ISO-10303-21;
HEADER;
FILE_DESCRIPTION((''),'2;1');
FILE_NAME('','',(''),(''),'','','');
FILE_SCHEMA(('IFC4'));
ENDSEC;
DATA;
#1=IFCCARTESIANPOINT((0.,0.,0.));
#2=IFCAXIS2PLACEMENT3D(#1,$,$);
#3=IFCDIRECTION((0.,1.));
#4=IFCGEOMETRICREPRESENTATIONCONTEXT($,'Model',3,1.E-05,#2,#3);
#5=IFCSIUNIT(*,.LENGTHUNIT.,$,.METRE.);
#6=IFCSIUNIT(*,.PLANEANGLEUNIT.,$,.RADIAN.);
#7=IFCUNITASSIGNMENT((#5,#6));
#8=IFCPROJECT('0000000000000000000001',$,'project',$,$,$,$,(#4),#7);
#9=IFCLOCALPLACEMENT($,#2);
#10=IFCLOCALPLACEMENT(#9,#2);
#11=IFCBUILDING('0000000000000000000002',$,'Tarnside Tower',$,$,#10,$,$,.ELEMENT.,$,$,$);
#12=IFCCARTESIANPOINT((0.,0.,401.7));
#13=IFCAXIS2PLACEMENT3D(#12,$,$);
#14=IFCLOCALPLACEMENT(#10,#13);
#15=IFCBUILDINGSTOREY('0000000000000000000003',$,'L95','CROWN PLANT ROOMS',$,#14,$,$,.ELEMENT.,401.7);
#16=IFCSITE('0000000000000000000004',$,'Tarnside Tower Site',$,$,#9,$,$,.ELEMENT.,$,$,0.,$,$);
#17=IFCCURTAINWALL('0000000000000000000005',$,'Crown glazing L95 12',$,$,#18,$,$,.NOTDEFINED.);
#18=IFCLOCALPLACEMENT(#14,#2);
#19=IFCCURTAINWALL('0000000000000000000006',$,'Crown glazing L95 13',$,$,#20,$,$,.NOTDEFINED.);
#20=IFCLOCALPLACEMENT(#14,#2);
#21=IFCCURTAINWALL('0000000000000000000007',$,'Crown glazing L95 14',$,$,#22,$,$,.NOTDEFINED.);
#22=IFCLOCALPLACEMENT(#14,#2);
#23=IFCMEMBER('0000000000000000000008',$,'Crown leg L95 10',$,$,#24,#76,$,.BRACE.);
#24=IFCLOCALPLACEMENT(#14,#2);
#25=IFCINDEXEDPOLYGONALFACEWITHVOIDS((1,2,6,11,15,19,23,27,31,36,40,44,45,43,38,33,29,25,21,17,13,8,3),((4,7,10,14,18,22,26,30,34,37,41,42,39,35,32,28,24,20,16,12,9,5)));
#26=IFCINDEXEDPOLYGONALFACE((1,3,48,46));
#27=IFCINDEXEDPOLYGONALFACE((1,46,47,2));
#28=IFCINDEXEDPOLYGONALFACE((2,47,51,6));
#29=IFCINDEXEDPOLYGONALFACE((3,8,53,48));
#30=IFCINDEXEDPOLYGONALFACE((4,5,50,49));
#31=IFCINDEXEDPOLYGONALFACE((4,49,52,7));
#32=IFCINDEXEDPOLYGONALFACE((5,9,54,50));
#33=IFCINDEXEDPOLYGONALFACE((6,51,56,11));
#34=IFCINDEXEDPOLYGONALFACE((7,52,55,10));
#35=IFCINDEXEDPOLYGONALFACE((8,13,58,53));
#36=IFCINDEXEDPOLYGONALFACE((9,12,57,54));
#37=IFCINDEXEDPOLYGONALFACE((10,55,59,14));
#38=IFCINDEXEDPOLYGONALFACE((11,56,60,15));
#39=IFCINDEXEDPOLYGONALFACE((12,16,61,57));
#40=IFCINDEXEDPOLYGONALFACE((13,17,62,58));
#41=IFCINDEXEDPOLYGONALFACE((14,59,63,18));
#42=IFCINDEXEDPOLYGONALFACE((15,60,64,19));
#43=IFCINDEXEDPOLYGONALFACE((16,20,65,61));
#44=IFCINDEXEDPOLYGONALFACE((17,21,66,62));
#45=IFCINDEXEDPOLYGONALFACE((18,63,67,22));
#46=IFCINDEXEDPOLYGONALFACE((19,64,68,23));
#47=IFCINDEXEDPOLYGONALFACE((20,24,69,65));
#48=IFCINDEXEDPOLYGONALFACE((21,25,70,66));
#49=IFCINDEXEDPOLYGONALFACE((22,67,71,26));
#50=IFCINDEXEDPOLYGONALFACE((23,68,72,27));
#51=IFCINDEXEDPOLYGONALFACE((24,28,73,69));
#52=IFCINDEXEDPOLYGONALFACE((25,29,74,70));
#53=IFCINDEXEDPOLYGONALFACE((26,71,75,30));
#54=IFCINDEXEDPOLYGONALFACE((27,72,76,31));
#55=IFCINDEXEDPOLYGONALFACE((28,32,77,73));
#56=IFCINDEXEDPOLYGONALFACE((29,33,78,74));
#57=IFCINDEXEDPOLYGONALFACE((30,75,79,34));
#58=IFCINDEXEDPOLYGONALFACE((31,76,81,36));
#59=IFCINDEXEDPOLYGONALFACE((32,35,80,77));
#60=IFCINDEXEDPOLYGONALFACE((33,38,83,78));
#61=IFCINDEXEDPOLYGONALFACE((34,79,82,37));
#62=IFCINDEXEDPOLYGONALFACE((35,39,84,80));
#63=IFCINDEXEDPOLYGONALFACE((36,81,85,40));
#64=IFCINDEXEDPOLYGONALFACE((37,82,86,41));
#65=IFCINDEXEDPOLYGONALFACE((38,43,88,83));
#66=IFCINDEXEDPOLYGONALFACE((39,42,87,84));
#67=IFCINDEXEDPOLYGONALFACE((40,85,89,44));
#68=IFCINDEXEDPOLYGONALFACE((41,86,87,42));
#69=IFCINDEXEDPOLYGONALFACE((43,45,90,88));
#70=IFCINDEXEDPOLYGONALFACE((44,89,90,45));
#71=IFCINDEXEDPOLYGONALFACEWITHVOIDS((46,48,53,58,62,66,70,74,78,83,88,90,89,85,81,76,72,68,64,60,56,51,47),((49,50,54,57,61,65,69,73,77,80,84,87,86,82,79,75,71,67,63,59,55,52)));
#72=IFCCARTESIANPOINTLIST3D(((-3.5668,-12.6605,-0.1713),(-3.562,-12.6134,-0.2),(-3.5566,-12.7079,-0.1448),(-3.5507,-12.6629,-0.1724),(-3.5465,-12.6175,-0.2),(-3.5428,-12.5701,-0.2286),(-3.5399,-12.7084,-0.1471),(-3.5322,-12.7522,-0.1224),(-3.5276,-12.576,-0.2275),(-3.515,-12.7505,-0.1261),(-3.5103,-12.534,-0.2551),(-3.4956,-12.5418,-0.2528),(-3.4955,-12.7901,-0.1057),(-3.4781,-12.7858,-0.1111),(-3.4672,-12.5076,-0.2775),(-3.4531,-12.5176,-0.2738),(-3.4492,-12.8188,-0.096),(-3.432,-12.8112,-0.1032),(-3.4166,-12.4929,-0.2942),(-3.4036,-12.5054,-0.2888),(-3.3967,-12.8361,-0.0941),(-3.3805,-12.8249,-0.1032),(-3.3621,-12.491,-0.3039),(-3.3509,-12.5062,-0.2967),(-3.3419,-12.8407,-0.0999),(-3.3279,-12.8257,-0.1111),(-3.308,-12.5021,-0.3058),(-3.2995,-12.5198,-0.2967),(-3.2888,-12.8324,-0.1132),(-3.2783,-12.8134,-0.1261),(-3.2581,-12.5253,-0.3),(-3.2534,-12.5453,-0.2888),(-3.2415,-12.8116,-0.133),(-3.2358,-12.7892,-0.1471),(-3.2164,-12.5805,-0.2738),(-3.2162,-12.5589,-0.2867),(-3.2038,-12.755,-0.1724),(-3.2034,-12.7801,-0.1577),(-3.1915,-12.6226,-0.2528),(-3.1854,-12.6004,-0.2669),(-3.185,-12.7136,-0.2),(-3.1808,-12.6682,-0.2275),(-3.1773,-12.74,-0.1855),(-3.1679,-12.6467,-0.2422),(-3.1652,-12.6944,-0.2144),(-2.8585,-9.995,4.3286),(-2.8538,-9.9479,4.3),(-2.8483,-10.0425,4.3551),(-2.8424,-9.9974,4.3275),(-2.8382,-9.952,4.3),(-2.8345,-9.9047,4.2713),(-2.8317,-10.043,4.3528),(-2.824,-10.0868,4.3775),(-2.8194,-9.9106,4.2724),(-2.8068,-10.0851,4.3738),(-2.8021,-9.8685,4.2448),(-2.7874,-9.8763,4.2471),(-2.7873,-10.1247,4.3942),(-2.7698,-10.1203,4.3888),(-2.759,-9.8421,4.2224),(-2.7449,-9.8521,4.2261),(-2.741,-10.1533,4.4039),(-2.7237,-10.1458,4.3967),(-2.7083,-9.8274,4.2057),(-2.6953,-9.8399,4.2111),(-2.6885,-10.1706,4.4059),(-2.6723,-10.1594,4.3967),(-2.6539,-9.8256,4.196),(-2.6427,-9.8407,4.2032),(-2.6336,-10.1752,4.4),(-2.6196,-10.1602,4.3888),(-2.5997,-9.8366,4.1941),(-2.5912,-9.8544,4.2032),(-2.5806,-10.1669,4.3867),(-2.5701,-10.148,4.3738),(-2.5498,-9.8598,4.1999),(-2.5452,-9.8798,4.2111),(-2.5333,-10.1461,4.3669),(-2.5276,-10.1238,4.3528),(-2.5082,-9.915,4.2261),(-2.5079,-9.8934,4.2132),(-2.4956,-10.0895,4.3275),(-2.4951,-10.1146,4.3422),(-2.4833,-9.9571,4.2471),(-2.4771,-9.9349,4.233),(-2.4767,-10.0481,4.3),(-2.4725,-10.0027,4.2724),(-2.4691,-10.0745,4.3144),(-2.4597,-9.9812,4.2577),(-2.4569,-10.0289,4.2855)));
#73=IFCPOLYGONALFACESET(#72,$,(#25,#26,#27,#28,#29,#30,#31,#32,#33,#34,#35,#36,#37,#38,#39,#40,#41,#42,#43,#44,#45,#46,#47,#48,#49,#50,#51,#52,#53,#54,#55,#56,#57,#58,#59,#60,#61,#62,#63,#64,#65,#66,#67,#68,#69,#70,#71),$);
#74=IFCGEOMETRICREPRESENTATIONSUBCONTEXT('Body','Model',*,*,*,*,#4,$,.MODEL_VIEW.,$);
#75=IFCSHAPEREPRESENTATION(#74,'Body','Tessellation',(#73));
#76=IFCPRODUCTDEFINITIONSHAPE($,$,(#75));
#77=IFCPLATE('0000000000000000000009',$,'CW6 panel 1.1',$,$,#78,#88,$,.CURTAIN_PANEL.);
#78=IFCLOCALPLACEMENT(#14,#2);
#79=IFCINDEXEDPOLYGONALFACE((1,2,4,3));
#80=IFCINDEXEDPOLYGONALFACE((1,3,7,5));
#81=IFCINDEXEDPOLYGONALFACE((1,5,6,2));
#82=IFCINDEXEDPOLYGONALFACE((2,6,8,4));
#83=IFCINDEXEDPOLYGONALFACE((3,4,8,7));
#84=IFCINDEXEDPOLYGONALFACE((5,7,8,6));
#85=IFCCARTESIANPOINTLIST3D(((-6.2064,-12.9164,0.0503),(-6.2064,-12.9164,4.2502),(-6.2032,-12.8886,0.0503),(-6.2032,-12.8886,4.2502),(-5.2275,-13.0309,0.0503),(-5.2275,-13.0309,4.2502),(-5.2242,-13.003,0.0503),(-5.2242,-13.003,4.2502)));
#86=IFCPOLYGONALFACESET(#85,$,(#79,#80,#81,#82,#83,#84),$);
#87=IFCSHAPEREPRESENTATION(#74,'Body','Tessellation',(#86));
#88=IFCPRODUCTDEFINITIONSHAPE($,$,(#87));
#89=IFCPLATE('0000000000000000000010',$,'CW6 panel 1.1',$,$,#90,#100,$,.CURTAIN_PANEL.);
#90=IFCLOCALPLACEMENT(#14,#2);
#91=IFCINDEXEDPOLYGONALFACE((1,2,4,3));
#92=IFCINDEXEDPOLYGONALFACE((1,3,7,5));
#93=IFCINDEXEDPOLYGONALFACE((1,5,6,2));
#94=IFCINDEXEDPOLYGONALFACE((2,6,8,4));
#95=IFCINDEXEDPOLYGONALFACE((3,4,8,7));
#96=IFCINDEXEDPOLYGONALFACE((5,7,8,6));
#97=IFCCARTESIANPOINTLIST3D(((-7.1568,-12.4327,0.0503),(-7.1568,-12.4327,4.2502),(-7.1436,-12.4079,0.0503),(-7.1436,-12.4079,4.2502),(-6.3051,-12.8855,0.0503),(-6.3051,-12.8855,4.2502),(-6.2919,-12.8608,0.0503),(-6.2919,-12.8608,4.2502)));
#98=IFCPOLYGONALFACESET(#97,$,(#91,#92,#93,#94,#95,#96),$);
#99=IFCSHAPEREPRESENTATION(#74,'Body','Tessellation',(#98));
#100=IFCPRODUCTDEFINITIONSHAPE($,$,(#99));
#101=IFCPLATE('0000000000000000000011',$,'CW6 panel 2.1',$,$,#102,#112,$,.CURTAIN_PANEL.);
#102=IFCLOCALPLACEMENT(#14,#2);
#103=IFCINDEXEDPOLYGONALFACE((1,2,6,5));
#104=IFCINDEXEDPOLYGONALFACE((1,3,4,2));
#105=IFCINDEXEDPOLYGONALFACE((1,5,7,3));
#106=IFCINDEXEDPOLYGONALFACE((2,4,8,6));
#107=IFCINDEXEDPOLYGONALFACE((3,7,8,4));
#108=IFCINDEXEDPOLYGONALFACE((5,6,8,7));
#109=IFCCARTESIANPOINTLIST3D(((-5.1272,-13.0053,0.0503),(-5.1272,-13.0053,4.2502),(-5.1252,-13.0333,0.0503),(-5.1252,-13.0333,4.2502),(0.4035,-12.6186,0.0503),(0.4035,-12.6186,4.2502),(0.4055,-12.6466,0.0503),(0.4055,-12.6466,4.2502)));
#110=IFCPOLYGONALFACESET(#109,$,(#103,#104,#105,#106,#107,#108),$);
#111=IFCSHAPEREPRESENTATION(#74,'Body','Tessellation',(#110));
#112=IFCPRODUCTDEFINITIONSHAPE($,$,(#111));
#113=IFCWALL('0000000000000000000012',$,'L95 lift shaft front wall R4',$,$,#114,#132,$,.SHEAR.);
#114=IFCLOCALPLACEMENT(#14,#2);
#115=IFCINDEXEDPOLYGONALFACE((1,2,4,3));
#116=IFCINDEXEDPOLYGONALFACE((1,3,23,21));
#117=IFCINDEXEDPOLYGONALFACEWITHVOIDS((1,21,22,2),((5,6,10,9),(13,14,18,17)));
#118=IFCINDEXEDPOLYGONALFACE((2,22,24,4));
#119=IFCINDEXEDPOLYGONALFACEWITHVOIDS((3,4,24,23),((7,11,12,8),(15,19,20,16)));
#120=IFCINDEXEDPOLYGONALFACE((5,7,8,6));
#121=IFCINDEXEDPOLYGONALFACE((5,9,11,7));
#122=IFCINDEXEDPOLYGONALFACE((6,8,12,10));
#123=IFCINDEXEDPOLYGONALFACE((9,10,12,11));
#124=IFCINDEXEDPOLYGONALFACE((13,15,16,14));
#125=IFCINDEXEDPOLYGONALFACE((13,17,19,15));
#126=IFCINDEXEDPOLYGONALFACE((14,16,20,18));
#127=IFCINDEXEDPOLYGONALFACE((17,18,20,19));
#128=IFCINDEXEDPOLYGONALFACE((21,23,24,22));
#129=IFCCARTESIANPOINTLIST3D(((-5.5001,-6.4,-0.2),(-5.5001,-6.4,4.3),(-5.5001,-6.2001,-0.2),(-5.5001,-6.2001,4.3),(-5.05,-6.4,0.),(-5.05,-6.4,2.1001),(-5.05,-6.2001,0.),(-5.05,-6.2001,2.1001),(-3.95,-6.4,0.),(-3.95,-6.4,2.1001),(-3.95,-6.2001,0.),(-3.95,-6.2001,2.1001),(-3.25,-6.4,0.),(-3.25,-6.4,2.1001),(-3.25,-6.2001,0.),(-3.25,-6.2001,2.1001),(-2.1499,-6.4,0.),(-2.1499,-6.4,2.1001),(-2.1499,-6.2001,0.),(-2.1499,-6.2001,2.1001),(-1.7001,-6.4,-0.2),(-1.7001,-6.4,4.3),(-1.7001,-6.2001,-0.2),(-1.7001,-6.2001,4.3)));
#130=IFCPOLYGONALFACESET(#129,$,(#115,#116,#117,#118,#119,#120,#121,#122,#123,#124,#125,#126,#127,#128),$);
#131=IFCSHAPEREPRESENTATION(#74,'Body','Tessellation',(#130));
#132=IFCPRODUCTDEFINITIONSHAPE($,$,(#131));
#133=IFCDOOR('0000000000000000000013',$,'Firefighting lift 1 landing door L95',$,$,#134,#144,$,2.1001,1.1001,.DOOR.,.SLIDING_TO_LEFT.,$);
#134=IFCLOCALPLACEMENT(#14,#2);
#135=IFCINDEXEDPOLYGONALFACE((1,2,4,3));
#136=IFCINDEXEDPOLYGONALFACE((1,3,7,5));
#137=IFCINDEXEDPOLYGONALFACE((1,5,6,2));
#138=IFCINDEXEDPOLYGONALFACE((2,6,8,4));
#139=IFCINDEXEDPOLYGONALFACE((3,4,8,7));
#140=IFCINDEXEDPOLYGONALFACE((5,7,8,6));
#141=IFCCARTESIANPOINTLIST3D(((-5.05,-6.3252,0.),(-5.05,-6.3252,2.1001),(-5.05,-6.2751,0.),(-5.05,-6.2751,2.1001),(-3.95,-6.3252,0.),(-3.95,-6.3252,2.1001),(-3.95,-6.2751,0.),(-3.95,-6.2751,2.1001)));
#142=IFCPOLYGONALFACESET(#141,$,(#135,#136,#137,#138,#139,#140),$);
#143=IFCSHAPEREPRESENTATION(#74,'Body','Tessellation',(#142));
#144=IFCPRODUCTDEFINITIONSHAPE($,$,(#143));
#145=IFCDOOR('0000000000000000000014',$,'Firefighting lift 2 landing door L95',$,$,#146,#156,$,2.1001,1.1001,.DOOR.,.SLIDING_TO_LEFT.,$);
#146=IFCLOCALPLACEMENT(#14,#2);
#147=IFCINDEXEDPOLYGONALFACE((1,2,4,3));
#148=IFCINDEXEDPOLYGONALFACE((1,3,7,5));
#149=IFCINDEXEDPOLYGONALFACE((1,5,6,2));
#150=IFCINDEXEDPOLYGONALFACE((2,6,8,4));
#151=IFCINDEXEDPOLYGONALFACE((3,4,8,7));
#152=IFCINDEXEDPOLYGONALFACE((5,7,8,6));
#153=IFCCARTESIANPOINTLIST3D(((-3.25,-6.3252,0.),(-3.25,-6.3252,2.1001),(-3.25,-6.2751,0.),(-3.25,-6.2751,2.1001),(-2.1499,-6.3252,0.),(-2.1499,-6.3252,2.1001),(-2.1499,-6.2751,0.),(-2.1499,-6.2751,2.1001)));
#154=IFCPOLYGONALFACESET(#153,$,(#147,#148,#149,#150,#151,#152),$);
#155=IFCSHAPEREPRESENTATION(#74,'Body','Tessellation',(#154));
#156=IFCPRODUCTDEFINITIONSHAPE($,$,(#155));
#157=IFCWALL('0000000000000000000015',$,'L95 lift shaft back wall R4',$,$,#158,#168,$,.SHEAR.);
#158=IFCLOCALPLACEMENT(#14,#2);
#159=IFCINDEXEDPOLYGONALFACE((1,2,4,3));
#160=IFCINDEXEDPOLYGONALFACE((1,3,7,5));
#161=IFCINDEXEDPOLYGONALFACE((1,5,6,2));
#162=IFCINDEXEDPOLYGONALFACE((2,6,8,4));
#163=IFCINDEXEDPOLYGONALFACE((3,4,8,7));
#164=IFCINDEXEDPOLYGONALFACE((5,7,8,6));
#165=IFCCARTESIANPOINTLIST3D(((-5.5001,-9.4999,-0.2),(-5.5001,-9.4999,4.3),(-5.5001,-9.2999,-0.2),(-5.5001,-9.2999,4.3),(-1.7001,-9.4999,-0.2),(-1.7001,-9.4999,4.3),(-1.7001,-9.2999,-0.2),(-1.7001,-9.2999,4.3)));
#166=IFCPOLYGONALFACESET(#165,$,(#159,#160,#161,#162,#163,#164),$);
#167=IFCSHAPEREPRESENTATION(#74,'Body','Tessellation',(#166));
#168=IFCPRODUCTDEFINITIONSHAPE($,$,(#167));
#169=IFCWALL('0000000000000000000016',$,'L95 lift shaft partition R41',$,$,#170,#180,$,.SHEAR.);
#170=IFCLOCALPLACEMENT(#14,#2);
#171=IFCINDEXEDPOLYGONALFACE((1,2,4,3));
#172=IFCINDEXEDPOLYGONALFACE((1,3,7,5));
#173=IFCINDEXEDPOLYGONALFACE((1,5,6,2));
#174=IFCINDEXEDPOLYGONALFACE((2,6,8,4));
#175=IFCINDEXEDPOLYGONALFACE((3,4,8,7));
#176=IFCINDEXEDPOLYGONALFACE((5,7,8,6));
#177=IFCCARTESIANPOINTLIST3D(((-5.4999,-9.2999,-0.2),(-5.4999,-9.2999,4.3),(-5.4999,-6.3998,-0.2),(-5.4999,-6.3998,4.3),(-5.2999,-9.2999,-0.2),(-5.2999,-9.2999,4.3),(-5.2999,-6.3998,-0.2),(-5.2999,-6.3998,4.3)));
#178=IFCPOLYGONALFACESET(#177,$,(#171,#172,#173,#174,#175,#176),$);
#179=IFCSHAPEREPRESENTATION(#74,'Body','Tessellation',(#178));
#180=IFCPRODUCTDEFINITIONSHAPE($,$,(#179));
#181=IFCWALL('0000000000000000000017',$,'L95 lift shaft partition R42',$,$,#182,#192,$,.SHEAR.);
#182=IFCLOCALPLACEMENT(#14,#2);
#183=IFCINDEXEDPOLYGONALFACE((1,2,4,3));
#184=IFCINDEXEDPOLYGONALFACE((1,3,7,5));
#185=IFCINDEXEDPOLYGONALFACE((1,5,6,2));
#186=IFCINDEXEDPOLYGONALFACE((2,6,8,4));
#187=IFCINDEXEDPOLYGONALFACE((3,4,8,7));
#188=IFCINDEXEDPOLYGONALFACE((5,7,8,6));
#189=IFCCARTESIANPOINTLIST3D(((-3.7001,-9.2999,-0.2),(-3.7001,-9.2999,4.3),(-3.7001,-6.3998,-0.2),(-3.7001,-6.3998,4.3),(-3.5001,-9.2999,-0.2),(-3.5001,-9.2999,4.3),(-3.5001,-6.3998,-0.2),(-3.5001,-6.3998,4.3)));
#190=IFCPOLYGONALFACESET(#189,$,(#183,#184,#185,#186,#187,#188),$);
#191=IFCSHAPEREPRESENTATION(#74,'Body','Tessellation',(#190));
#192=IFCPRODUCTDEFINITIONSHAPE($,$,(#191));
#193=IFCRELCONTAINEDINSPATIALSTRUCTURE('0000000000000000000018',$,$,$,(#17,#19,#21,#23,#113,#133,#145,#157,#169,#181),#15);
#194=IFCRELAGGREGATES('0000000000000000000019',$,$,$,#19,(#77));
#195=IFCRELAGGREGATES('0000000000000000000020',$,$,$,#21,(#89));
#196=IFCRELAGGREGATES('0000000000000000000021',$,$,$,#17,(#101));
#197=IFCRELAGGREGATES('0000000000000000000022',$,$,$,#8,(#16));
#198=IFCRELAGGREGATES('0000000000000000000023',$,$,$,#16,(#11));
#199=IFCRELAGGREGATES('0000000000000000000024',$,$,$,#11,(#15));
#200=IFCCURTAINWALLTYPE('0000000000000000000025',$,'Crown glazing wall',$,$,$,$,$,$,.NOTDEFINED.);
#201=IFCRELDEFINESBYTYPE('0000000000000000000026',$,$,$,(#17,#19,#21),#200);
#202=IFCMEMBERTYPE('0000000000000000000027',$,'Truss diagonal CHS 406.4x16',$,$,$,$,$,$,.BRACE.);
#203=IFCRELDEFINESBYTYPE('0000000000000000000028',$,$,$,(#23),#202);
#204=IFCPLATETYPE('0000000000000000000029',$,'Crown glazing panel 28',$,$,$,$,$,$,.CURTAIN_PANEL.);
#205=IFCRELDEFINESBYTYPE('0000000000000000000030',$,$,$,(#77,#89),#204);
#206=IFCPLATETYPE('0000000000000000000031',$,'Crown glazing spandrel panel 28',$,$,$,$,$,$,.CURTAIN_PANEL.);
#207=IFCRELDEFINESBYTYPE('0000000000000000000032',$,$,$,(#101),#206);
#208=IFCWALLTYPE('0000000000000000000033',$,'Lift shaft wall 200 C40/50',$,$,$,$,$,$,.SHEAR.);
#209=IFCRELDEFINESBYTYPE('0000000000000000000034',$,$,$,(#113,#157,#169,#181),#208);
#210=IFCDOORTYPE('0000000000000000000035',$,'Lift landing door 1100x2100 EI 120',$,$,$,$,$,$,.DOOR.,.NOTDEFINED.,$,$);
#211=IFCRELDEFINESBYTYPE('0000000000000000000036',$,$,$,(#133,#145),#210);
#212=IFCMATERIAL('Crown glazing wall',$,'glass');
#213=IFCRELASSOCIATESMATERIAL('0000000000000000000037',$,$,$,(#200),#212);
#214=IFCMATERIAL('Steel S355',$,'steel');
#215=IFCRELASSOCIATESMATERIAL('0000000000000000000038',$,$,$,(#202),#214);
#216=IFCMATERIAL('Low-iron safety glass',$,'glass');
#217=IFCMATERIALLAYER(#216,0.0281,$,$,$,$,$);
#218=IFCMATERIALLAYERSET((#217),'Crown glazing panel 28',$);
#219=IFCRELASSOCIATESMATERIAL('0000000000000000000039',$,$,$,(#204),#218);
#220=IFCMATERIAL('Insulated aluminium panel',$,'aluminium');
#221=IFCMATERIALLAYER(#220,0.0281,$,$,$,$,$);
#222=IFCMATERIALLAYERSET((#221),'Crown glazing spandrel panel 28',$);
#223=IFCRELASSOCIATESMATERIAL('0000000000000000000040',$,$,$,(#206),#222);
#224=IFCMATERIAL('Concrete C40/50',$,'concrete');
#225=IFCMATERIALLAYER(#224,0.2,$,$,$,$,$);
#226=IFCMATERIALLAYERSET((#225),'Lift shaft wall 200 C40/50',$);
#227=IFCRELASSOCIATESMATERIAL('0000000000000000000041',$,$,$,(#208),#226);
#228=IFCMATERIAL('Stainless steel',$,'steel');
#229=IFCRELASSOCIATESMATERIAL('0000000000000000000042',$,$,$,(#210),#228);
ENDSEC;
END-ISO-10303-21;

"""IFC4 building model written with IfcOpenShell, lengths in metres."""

from ifc_helpers import new_model, si_unit, direction, frame, frame_2d, origin, origin_2d, place, context, subcontext, project, spatial, rectangle, hollow_circle, extrude, material, layer, layer_set, material_profile, profile_set, type_object, element, fill, aggregate, save


model = new_model("IFC4")

# Units and contexts
model_context = context("Model", 3, precision=1e-05, world=origin(), true_north=direction((0.0, 1.0)))
body_context = subcontext(model_context, "Body", "Model", "MODEL_VIEW")
ifc_project = project(units=[si_unit("LENGTHUNIT", "METRE"), si_unit("PLANEANGLEUNIT", "RADIAN")], contexts=[model_context])

# Site, building, storey
site_placement = place(None, origin())
site = spatial("IfcSite", under=ifc_project, at=site_placement, Name="Tarnside Tower Site", CompositionType="ELEMENT", RefElevation=0.0)
building_placement = place(site_placement, origin())
building = spatial("IfcBuilding", under=site, at=building_placement, Name="Tarnside Tower", CompositionType="ELEMENT")
storey_placement = place(building_placement, frame((0.0, 0.0, 401.7)))
storey = spatial("IfcBuildingStorey", under=building, at=storey_placement, Name="L95", Description="CROWN PLANT ROOMS", CompositionType="ELEMENT", Elevation=401.7)

# Curtain wall
ifc_material_1 = material(Name="Crown glazing wall", Category="glass")
curtain_wall_type = type_object("IfcCurtainWallType", Name="Crown glazing wall", PredefinedType="NOTDEFINED", material=ifc_material_1)
curtain_wall_1_placement = place(storey_placement, origin())
curtain_wall_1 = element("IfcCurtainWall", 1, at=curtain_wall_1_placement, inside=storey, type_object=curtain_wall_type, Name="Crown glazing L95 12", PredefinedType="NOTDEFINED")

# Curtain walls
curtain_wall_2_placement = place(storey_placement, origin())
curtain_wall_2 = element("IfcCurtainWall", 2, at=curtain_wall_2_placement, inside=storey, type_object=curtain_wall_type, Name="Crown glazing L95 13", PredefinedType="NOTDEFINED")
curtain_wall_3_placement = place(storey_placement, origin())
curtain_wall_3 = element("IfcCurtainWall", 3, at=curtain_wall_3_placement, inside=storey, type_object=curtain_wall_type, Name="Crown glazing L95 14", PredefinedType="NOTDEFINED")

# Member
ifc_material_2 = material(Name="Steel S355", Category="steel")
ifc_material_profile_1 = material_profile(ifc_material_2, hollow_circle(Radius=0.2031, WallThickness=0.0161, at=origin_2d()), Name="CHS 406.4x16")
ifc_profile_set_1 = profile_set([ifc_material_profile_1], Name="Steel S355")
member_type_1 = type_object("IfcMemberType", Name="Truss diagonal CHS 406.4x16", PredefinedType="BRACE", material=ifc_profile_set_1)
member_1_placement = place(storey_placement, frame((-3.3657, -12.6655, -0.2), z_axis=(0.134191, 0.505032, 0.852605), x_axis=(-0.966465, 0.256798, 0.0)))
element("IfcMember", 4, at=member_1_placement, inside=storey, type_object=member_type_1, Name="Crown leg L95 10", PredefinedType="BRACE", context=body_context, shape_type="SweptSolid", body=[
    extrude(hollow_circle(Radius=0.2031, WallThickness=0.0161, at=origin_2d()), origin(), (0.0, 0.0, 1.0), 5.2778),
])

# Plates
ifc_material_3 = material(Name="Low-iron safety glass", Category="glass")
ifc_layer_1 = layer(ifc_material_3, 0.0281)
ifc_layer_set_1 = layer_set([ifc_layer_1], Name="Crown glazing panel 28")
plate_type_1 = type_object("IfcPlateType", Name="Crown glazing panel 28", PredefinedType="CURTAIN_PANEL", material=ifc_layer_set_1)
plate_1_placement = place(storey_placement, frame((-5.7153, -12.9597, 0.0503), z_axis=(0.0, 0.0, 1.0), x_axis=(-0.993238, 0.116093, 0.0)))
plate_1 = element("IfcPlate", 5, at=plate_1_placement, type_object=plate_type_1, Name="CW6 panel 1.1", PredefinedType="CURTAIN_PANEL", context=body_context, shape_type="SweptSolid", body=[
    extrude(rectangle(XDim=0.9856, YDim=0.0281, at=origin_2d()), origin(), (0.0, 0.0, 1.0), 4.2),
])
aggregate(curtain_wall_2, [plate_1])
plate_2_placement = place(storey_placement, frame((-6.7244, -12.6467, 0.0503), z_axis=(0.0, 0.0, 1.0), x_axis=(-0.882948, 0.469472, 0.0)))
plate_2 = element("IfcPlate", 6, at=plate_2_placement, type_object=plate_type_1, Name="CW6 panel 1.1", PredefinedType="CURTAIN_PANEL", context=body_context, shape_type="SweptSolid", body=[
    extrude(rectangle(XDim=0.9646, YDim=0.0281, at=origin_2d()), origin(), (0.0, 0.0, 1.0), 4.2),
])
aggregate(curtain_wall_3, [plate_2])
ifc_material_4 = material(Name="Insulated aluminium panel", Category="aluminium")
ifc_layer_2 = layer(ifc_material_4, 0.0281)
ifc_layer_set_2 = layer_set([ifc_layer_2], Name="Crown glazing spandrel panel 28")
plate_type_2 = type_object("IfcPlateType", Name="Crown glazing spandrel panel 28", PredefinedType="CURTAIN_PANEL", material=ifc_layer_set_2)
plate_3_placement = place(storey_placement, frame((-2.3608, -12.8259, 0.0503), z_axis=(0.0, 0.0, 1.0), x_axis=(-0.997564, -0.069756, 0.0)))
plate_3 = element("IfcPlate", 7, at=plate_3_placement, type_object=plate_type_2, Name="CW6 panel 2.1", PredefinedType="CURTAIN_PANEL", context=body_context, shape_type="SweptSolid", body=[
    extrude(rectangle(XDim=5.5442, YDim=0.0281, at=origin_2d()), origin(), (0.0, 0.0, 1.0), 4.2),
])
aggregate(curtain_wall_1, [plate_3])

# Wall, openings, doors
ifc_material_5 = material(Name="Concrete C40/50", Category="concrete")
ifc_layer_3 = layer(ifc_material_5, 0.2)
ifc_layer_set_3 = layer_set([ifc_layer_3], Name="Lift shaft wall 200 C40/50")
wall_type_1 = type_object("IfcWallType", Name="Lift shaft wall 200 C40/50", PredefinedType="SHEAR", material=ifc_layer_set_3)
wall_1_placement = place(storey_placement, frame((-5.5, -6.3, -0.2), z_axis=(0.0, 0.0, 1.0), x_axis=(1.0, 0.0, 0.0)))
wall_1 = element("IfcWall", 8, at=wall_1_placement, inside=storey, type_object=wall_type_1, Name="L95 lift shaft front wall R4", PredefinedType="SHEAR", context=body_context, shape_type="SweptSolid", body=[
    extrude(rectangle(XDim=3.8, YDim=0.2, at=frame_2d((1.8999, 0.0))), origin(), (0.0, 0.0, 1.0), 4.5),
])
opening_1_placement = place(wall_1_placement, frame((0.45, 0.0, 0.2)))
opening_1 = element("IfcOpeningElement", 9, at=opening_1_placement, cuts=wall_1, PredefinedType="OPENING", context=body_context, shape_type="SweptSolid", body=[
    extrude(rectangle(XDim=1.1001, YDim=2.1001, at=frame_2d((0.55, 1.05))), frame((0.0, 0.1099, 0.0), z_axis=(0.0, -1.0, 0.0), x_axis=(1.0, 0.0, 0.0)), (0.0, 0.0, 1.0), 0.22),
])
opening_2_placement = place(wall_1_placement, frame((2.25, 0.0, 0.2)))
opening_2 = element("IfcOpeningElement", 10, at=opening_2_placement, cuts=wall_1, PredefinedType="OPENING", context=body_context, shape_type="SweptSolid", body=[
    extrude(rectangle(XDim=1.1001, YDim=2.1001, at=frame_2d((0.55, 1.05))), frame((0.0, 0.1099, 0.0), z_axis=(0.0, -1.0, 0.0), x_axis=(1.0, 0.0, 0.0)), (0.0, 0.0, 1.0), 0.22),
])
ifc_material_6 = material(Name="Stainless steel", Category="steel")
door_type = type_object("IfcDoorType", Name="Lift landing door 1100x2100 EI 120", OperationType="NOTDEFINED", PredefinedType="DOOR", material=ifc_material_6)
door_1_placement = place(opening_1_placement, origin())
door_1 = element("IfcDoor", 11, at=door_1_placement, inside=storey, type_object=door_type, Name="Firefighting lift 1 landing door L95", OperationType="SLIDING_TO_LEFT", OverallHeight=2.1001, OverallWidth=1.1001, PredefinedType="DOOR", context=body_context, shape_type="SweptSolid", body=[
    extrude(rectangle(XDim=1.1001, YDim=2.1001, at=frame_2d((0.55, 1.05))), frame((0.0, 0.0249, 0.0), z_axis=(0.0, -1.0, 0.0), x_axis=(1.0, 0.0, 0.0)), (0.0, 0.0, 1.0), 0.05),
])
fill(opening_1, door_1)
door_2_placement = place(opening_2_placement, origin())
door_2 = element("IfcDoor", 12, at=door_2_placement, inside=storey, type_object=door_type, Name="Firefighting lift 2 landing door L95", OperationType="SLIDING_TO_LEFT", OverallHeight=2.1001, OverallWidth=1.1001, PredefinedType="DOOR", context=body_context, shape_type="SweptSolid", body=[
    extrude(rectangle(XDim=1.1001, YDim=2.1001, at=frame_2d((0.55, 1.05))), frame((0.0, 0.0249, 0.0), z_axis=(0.0, -1.0, 0.0), x_axis=(1.0, 0.0, 0.0)), (0.0, 0.0, 1.0), 0.05),
])
fill(opening_2, door_2)

# Walls
wall_2_placement = place(storey_placement, frame((-5.5, -9.3999, -0.2), z_axis=(0.0, 0.0, 1.0), x_axis=(1.0, 0.0, 0.0)))
element("IfcWall", 13, at=wall_2_placement, inside=storey, type_object=wall_type_1, Name="L95 lift shaft back wall R4", PredefinedType="SHEAR", context=body_context, shape_type="SweptSolid", body=[
    extrude(rectangle(XDim=3.8, YDim=0.2, at=frame_2d((1.8999, 0.0))), origin(), (0.0, 0.0, 1.0), 4.5),
])
for number, where, z_axis, x_axis, name in (
    (14, (-5.3999, -9.3, -0.2), (0.0, 0.0, 1.0), (0.0, 1.0, 0.0), "L95 lift shaft partition R41"),
    (15, (-3.6001, -9.3, -0.2), (0.0, 0.0, 1.0), (0.0, 1.0, 0.0), "L95 lift shaft partition R42"),
):
    element("IfcWall", number, at=place(storey_placement, frame(where, z_axis=z_axis, x_axis=x_axis)), inside=storey, type_object=wall_type_1, Name=name, PredefinedType="SHEAR", context=body_context, shape_type="SweptSolid", body=[
        extrude(rectangle(XDim=2.9001, YDim=0.2, at=frame_2d((1.4502, 0.0))), origin(), (0.0, 0.0, 1.0), 4.5),
    ])

save(model, "model.ifc")
